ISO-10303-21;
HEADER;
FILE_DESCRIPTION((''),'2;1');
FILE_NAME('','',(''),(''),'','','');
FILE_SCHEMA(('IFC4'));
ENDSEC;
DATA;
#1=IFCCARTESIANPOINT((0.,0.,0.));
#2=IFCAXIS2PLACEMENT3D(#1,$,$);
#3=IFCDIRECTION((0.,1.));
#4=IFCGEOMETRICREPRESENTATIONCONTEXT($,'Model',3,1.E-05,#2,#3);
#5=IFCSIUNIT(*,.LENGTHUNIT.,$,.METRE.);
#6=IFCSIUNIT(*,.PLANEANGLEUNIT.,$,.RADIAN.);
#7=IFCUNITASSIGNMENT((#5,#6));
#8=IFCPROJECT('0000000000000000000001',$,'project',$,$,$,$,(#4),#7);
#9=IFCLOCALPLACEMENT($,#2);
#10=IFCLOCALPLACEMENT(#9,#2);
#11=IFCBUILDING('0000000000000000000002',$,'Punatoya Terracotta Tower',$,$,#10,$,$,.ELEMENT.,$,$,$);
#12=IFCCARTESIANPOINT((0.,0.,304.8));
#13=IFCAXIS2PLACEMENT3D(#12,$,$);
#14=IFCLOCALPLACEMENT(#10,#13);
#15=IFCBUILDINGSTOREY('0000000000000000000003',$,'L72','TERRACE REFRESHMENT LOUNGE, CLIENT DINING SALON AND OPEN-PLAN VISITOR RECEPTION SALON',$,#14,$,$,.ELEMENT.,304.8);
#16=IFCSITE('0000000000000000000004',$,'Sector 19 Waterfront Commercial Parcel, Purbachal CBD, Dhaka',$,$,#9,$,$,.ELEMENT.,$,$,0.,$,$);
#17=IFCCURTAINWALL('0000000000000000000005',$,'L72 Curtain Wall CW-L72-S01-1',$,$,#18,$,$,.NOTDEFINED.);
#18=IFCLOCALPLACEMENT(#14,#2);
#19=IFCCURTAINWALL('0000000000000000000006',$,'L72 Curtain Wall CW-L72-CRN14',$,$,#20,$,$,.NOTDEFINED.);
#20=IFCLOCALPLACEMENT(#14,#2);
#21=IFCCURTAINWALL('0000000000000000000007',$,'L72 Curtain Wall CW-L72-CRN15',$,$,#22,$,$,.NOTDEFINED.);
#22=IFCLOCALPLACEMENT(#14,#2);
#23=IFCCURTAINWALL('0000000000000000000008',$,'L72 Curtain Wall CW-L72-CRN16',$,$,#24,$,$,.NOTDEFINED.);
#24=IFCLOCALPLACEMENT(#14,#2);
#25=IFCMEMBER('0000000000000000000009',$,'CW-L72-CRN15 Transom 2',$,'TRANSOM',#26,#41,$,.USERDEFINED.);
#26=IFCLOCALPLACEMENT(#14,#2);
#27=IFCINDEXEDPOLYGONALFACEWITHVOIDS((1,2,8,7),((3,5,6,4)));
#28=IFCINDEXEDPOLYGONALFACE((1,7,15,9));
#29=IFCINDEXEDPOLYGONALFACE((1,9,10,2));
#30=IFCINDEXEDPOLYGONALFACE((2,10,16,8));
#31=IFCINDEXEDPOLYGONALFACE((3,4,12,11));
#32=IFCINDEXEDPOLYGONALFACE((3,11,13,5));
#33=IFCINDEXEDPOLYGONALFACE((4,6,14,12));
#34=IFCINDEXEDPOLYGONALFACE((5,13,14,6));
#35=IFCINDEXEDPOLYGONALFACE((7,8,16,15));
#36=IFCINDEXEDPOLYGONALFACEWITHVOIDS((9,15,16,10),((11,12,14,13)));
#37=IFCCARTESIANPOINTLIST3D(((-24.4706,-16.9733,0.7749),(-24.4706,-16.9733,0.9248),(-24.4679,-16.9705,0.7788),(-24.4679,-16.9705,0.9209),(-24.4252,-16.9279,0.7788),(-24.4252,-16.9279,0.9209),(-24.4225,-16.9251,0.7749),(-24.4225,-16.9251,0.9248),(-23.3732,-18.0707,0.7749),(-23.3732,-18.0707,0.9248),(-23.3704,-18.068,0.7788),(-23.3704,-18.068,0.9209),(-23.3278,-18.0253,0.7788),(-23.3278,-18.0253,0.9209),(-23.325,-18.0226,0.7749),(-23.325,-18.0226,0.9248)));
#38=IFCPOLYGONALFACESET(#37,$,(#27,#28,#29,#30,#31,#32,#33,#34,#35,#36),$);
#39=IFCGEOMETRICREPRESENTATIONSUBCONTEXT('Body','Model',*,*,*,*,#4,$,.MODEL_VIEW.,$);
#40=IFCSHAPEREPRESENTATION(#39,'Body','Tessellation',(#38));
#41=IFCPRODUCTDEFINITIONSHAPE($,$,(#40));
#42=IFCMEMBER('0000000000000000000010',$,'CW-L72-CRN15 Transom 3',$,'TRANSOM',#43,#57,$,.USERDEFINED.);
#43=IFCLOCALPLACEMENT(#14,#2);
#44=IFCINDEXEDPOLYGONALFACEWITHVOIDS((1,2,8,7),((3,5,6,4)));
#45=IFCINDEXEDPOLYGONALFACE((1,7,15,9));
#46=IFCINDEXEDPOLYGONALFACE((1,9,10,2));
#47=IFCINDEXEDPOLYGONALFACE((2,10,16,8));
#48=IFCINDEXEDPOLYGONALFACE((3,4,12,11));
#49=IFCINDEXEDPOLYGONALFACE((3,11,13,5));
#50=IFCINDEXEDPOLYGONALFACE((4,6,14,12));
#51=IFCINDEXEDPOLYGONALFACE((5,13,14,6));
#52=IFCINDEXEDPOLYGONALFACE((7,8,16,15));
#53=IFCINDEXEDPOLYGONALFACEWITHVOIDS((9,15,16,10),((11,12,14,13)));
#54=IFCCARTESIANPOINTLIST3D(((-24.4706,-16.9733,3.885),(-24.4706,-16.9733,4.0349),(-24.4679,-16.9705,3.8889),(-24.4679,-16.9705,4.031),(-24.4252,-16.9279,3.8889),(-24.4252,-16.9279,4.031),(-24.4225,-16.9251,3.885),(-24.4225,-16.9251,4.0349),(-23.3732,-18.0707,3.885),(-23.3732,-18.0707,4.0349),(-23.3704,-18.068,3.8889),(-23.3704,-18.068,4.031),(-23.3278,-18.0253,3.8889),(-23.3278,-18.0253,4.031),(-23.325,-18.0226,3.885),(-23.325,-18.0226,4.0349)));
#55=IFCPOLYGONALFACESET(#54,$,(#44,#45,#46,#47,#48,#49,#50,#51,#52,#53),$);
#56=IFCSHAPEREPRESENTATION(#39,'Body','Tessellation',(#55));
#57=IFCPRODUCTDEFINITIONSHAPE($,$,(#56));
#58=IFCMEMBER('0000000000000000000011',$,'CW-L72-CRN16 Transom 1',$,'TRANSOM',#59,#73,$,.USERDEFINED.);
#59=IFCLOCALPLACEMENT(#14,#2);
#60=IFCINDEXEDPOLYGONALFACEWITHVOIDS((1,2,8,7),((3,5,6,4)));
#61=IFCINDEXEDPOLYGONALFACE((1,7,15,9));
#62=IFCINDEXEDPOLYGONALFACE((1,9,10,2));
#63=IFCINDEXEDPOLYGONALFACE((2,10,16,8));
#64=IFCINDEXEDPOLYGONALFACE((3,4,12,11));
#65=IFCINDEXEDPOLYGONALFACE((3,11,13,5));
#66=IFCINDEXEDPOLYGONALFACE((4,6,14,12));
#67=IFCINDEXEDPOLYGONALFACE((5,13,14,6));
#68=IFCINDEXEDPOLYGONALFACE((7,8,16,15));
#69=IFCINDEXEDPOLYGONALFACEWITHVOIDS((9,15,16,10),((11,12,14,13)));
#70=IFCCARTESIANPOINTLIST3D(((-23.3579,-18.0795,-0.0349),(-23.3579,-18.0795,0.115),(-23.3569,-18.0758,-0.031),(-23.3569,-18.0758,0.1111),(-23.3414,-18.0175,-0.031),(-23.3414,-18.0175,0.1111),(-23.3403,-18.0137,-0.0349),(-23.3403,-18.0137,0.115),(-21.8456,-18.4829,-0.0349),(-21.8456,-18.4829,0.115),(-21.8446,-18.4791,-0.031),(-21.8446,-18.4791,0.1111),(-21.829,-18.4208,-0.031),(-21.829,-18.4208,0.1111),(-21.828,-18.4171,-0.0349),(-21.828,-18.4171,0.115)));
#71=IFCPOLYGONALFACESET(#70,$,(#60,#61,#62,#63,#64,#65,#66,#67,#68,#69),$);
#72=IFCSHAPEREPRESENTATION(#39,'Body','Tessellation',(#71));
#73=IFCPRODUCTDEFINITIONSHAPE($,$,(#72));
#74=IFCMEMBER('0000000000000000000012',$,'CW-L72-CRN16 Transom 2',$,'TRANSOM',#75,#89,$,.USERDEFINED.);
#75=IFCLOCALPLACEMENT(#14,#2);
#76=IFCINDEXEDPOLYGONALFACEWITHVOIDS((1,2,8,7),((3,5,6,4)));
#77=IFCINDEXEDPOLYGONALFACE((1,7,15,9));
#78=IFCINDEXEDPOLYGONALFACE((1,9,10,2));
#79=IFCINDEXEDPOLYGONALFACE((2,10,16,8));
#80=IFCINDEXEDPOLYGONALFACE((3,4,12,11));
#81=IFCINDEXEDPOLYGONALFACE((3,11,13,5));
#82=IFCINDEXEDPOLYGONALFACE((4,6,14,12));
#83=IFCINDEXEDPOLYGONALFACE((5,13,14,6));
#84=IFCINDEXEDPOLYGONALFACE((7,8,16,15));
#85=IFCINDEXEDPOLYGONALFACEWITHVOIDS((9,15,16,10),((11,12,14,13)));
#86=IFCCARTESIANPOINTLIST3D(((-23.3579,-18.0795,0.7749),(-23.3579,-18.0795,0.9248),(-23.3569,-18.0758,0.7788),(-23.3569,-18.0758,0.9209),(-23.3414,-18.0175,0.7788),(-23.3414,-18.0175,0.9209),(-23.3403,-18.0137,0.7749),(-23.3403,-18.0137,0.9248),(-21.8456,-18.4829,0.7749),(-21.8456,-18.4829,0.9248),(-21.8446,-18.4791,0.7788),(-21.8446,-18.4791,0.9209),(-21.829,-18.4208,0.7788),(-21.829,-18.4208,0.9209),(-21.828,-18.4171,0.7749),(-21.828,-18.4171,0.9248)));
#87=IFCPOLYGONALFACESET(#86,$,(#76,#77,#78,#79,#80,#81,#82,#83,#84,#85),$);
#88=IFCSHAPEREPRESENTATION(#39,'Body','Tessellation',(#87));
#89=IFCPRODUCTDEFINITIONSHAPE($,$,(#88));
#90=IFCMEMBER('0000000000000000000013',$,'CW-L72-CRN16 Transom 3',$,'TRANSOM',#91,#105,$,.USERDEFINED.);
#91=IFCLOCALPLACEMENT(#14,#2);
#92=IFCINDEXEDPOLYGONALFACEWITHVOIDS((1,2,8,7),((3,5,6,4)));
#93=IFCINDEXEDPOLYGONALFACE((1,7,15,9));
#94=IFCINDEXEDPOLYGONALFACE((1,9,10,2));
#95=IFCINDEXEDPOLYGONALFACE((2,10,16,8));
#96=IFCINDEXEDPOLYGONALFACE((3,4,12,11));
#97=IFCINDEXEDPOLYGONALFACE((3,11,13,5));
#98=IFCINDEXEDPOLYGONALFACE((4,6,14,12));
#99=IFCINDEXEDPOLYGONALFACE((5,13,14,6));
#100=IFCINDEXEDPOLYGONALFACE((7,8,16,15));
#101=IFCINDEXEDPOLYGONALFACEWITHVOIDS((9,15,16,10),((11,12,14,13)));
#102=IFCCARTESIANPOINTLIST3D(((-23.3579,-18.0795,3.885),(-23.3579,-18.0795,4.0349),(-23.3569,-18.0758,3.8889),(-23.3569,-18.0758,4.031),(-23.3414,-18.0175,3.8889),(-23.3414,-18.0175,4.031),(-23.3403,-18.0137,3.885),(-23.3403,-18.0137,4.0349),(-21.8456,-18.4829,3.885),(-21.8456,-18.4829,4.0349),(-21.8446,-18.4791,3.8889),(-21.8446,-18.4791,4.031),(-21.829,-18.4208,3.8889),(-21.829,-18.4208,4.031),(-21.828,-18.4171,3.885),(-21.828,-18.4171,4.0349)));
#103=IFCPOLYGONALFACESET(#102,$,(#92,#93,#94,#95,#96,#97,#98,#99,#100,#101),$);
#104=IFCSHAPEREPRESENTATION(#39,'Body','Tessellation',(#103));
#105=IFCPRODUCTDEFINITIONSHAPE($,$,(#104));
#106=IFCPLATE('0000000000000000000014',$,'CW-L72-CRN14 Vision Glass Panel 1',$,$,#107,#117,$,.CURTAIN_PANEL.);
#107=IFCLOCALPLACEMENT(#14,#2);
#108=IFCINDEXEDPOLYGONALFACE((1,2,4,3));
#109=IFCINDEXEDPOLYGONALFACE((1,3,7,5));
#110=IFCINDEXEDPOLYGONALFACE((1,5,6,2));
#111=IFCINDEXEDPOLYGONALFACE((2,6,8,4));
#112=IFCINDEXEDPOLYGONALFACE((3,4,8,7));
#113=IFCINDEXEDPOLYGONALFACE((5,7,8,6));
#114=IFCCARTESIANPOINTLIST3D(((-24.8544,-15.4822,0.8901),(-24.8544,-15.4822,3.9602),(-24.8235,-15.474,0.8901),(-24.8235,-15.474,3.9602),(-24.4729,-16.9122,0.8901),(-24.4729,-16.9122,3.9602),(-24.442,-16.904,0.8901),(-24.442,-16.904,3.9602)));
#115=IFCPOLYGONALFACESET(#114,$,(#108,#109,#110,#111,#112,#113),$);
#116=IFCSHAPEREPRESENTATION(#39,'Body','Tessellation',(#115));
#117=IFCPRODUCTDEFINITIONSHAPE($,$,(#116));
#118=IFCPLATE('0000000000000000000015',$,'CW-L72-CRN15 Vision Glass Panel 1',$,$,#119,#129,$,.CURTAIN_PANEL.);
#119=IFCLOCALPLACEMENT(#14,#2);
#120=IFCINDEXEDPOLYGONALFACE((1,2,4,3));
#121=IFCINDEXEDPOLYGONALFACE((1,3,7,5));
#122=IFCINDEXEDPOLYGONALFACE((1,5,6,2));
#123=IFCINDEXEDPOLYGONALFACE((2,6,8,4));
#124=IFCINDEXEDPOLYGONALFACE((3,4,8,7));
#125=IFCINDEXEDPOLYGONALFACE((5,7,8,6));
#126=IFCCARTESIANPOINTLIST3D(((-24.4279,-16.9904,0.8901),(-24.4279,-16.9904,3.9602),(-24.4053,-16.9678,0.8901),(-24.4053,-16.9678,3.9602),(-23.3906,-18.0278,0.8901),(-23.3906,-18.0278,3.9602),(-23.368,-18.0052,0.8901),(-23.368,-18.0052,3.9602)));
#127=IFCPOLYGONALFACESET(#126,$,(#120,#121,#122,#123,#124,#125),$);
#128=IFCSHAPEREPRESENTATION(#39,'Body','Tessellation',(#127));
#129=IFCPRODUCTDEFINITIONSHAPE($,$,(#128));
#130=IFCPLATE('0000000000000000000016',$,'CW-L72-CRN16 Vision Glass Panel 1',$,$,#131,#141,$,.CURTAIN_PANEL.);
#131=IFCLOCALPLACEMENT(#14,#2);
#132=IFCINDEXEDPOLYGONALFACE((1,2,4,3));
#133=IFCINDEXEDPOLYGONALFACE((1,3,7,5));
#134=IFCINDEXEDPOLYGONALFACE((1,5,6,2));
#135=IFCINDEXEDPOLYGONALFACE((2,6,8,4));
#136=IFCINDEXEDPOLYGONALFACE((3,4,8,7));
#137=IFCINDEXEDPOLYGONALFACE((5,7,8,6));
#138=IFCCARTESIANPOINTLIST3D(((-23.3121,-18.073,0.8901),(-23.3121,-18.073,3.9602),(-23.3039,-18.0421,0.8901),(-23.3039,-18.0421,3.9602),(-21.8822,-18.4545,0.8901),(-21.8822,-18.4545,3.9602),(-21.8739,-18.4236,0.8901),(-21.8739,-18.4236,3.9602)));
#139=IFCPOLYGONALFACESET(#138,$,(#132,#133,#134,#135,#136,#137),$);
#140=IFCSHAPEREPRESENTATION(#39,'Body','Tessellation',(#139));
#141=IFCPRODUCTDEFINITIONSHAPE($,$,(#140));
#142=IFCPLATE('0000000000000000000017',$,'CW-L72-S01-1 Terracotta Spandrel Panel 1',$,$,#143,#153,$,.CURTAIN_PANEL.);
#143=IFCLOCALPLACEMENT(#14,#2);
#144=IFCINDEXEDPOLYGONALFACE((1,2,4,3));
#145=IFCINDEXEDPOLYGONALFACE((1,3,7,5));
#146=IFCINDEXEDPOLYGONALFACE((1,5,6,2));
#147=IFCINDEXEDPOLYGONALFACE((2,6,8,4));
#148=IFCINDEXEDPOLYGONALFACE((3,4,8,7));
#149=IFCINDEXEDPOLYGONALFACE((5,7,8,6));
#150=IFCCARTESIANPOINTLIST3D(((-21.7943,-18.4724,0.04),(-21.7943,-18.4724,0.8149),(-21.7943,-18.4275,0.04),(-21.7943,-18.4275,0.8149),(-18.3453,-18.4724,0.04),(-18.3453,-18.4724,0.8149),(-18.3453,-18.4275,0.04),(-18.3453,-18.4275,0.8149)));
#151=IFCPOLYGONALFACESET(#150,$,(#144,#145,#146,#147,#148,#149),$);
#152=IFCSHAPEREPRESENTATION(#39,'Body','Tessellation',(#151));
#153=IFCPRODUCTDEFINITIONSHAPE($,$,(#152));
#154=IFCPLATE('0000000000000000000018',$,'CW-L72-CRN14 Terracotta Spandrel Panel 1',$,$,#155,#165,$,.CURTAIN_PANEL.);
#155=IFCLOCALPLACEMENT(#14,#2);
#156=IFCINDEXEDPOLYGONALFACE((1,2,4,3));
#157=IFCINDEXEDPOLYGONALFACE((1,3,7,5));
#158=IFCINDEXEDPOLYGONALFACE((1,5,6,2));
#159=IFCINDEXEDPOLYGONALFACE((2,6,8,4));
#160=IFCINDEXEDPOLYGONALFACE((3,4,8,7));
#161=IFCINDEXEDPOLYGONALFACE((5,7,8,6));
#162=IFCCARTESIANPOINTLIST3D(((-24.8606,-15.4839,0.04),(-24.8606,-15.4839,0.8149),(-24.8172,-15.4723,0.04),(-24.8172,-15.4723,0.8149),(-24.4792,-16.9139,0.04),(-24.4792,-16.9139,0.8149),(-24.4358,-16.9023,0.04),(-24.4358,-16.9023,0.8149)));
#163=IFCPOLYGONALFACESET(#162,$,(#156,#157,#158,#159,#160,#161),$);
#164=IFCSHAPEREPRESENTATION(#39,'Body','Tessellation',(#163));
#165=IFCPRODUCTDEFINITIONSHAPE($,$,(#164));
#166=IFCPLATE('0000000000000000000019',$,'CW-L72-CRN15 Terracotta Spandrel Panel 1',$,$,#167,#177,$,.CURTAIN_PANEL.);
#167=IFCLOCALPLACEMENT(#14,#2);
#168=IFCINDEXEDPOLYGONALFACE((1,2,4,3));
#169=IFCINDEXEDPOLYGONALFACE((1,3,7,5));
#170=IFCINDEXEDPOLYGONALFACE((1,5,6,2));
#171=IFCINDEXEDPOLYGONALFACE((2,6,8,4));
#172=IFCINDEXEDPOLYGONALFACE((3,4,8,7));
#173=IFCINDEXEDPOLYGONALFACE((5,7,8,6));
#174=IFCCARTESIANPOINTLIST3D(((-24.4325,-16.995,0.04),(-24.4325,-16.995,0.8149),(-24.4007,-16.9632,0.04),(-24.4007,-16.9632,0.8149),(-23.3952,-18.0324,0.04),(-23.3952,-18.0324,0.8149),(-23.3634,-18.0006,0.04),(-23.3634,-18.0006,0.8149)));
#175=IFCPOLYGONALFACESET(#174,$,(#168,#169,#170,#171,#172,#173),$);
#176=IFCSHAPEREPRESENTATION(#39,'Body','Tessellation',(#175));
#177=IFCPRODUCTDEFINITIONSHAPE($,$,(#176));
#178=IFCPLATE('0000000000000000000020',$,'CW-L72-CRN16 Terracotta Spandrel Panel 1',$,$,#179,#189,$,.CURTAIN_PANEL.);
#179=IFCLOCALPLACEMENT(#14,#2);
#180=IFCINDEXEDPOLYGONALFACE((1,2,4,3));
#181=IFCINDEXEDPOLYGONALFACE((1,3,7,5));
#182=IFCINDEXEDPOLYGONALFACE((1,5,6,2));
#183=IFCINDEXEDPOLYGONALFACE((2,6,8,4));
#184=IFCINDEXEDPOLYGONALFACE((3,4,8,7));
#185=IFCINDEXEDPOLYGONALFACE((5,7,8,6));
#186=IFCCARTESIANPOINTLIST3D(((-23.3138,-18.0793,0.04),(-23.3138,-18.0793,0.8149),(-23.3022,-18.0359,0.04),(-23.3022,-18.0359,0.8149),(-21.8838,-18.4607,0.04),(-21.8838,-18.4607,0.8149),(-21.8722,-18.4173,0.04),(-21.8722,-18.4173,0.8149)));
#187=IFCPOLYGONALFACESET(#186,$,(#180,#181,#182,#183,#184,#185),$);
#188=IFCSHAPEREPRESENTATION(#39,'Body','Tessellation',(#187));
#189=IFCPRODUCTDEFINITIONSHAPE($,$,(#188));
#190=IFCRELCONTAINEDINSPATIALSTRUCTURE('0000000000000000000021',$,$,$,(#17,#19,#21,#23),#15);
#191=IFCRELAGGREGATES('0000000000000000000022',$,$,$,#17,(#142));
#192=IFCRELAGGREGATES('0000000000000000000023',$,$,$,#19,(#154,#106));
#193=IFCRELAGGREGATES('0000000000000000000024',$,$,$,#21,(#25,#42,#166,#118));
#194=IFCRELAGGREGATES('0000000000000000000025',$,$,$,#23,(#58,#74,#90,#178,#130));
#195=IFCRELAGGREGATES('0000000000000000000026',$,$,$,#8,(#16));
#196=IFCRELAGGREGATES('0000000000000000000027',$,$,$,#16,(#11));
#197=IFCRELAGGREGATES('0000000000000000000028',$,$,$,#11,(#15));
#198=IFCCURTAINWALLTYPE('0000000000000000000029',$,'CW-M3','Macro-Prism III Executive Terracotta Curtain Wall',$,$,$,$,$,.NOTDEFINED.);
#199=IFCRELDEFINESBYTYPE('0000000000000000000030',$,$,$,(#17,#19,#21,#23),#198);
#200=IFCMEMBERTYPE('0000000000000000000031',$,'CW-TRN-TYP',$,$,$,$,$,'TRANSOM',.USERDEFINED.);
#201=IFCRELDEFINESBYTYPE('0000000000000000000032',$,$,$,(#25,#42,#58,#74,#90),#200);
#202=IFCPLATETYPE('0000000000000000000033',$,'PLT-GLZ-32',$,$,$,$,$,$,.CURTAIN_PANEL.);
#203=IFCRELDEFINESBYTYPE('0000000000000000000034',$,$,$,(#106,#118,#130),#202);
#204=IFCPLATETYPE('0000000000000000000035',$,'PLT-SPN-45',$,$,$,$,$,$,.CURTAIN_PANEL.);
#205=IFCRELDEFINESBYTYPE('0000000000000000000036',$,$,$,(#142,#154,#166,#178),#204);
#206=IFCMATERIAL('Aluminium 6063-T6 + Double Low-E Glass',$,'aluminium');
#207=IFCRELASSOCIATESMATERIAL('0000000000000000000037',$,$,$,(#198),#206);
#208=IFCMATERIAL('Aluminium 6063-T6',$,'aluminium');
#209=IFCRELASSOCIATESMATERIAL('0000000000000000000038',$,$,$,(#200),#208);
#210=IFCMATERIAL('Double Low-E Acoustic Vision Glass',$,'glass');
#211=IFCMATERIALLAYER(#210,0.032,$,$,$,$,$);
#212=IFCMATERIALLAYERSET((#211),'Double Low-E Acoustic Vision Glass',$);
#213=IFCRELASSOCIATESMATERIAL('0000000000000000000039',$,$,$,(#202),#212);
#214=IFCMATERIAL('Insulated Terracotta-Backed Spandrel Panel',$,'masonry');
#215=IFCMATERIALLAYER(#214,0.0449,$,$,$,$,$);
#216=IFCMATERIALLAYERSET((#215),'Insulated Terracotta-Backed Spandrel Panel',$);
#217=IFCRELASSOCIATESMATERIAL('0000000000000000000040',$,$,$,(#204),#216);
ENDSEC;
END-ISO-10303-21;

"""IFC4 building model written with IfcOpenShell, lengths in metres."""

from ifc_helpers import new_model, si_unit, direction, frame, origin, origin_2d, place, context, subcontext, project, spatial, rectangle, hollow_rectangle, extrude, material, layer, layer_set, material_profile, profile_set, type_object, element, aggregate, save


model = new_model("IFC4")

# Units and contexts
model_context = context("Model", 3, precision=1e-05, world=origin(), true_north=direction((0.0, 1.0)))
body_context = subcontext(model_context, "Body", "Model", "MODEL_VIEW")
ifc_project = project(units=[si_unit("LENGTHUNIT", "METRE"), si_unit("PLANEANGLEUNIT", "RADIAN")], contexts=[model_context])

# Site, building, storey
site_placement = place(None, origin())
site = spatial("IfcSite", under=ifc_project, at=site_placement, Name="Sector 19 Waterfront Commercial Parcel, Purbachal CBD, Dhaka", CompositionType="ELEMENT", RefElevation=0.0)
building_placement = place(site_placement, origin())
building = spatial("IfcBuilding", under=site, at=building_placement, Name="Punatoya Terracotta Tower", CompositionType="ELEMENT")
storey_placement = place(building_placement, frame((0.0, 0.0, 304.8)))
storey = spatial("IfcBuildingStorey", under=building, at=storey_placement, Name="L72", Description="TERRACE REFRESHMENT LOUNGE, CLIENT DINING SALON AND OPEN-PLAN VISITOR RECEPTION SALON", CompositionType="ELEMENT", Elevation=304.8)

# Curtain wall
ifc_material_1 = material(Name="Aluminium 6063-T6 + Double Low-E Glass", Category="aluminium")
curtain_wall_type = type_object("IfcCurtainWallType", Name="CW-M3", Description="Macro-Prism III Executive Terracotta Curtain Wall", PredefinedType="NOTDEFINED", material=ifc_material_1)
curtain_wall_1_placement = place(storey_placement, origin())
curtain_wall_1 = element("IfcCurtainWall", 1, at=curtain_wall_1_placement, inside=storey, type_object=curtain_wall_type, Name="L72 Curtain Wall CW-L72-S01-1", PredefinedType="NOTDEFINED")
ifc_material_2 = material(Name="Aluminium 6063-T6", Category="aluminium")

# Curtain walls
curtain_wall_2_placement = place(storey_placement, origin())
curtain_wall_2 = element("IfcCurtainWall", 2, at=curtain_wall_2_placement, inside=storey, type_object=curtain_wall_type, Name="L72 Curtain Wall CW-L72-CRN14", PredefinedType="NOTDEFINED")
curtain_wall_3_placement = place(storey_placement, origin())
curtain_wall_3 = element("IfcCurtainWall", 3, at=curtain_wall_3_placement, inside=storey, type_object=curtain_wall_type, Name="L72 Curtain Wall CW-L72-CRN15", PredefinedType="NOTDEFINED")
curtain_wall_4_placement = place(storey_placement, origin())
curtain_wall_4 = element("IfcCurtainWall", 4, at=curtain_wall_4_placement, inside=storey, type_object=curtain_wall_type, Name="L72 Curtain Wall CW-L72-CRN16", PredefinedType="NOTDEFINED")

# Members
ifc_material_profile_1 = material_profile(ifc_material_2, hollow_rectangle(XDim=0.0681, YDim=0.1499, WallThickness=0.0039, at=origin_2d()))
ifc_profile_set_1 = profile_set([ifc_material_profile_1], Name="Aluminium 6063-T6")
member_type_1 = type_object("IfcMemberType", Name="CW-TRN-TYP", ElementType="TRANSOM", PredefinedType="USERDEFINED", material=ifc_profile_set_1)
member_1_placement = place(storey_placement, frame((-24.4465, -16.9492, 0.8499), z_axis=(0.707107, -0.707107, 0.0), x_axis=(0.707107, 0.707107, 0.0)))
member_1 = element("IfcMember", 5, at=member_1_placement, type_object=member_type_1, Name="CW-L72-CRN15 Transom 2", ObjectType="TRANSOM", PredefinedType="USERDEFINED", context=body_context, shape_type="SweptSolid", body=[
    extrude(hollow_rectangle(XDim=0.0681, YDim=0.1499, WallThickness=0.0039, at=origin_2d()), origin(), (0.0, 0.0, 1.0), 1.552),
])
member_2_placement = place(storey_placement, frame((-24.4465, -16.9492, 3.96), z_axis=(0.707107, -0.707107, 0.0), x_axis=(0.707107, 0.707107, 0.0)))
member_2 = element("IfcMember", 6, at=member_2_placement, type_object=member_type_1, Name="CW-L72-CRN15 Transom 3", ObjectType="TRANSOM", PredefinedType="USERDEFINED", context=body_context, shape_type="SweptSolid", body=[
    extrude(hollow_rectangle(XDim=0.0681, YDim=0.1499, WallThickness=0.0039, at=origin_2d()), origin(), (0.0, 0.0, 1.0), 1.552),
])
member_3_placement = place(storey_placement, frame((-23.3491, -18.0466, 0.04), z_axis=(0.966225, -0.257701, 0.0), x_axis=(0.257701, 0.966225, 0.0)))
member_3 = element("IfcMember", 7, at=member_3_placement, type_object=member_type_1, Name="CW-L72-CRN16 Transom 1", ObjectType="TRANSOM", PredefinedType="USERDEFINED", context=body_context, shape_type="SweptSolid", body=[
    extrude(hollow_rectangle(XDim=0.0681, YDim=0.1499, WallThickness=0.0039, at=origin_2d()), origin(), (0.0, 0.0, 1.0), 1.5652),
])
member_4_placement = place(storey_placement, frame((-23.3491, -18.0466, 0.8499), z_axis=(0.966225, -0.257701, 0.0), x_axis=(0.257701, 0.966225, 0.0)))
member_4 = element("IfcMember", 8, at=member_4_placement, type_object=member_type_1, Name="CW-L72-CRN16 Transom 2", ObjectType="TRANSOM", PredefinedType="USERDEFINED", context=body_context, shape_type="SweptSolid", body=[
    extrude(hollow_rectangle(XDim=0.0681, YDim=0.1499, WallThickness=0.0039, at=origin_2d()), origin(), (0.0, 0.0, 1.0), 1.5652),
])
member_5_placement = place(storey_placement, frame((-23.3491, -18.0466, 3.96), z_axis=(0.966225, -0.257701, 0.0), x_axis=(0.257701, 0.966225, 0.0)))
member_5 = element("IfcMember", 9, at=member_5_placement, type_object=member_type_1, Name="CW-L72-CRN16 Transom 3", ObjectType="TRANSOM", PredefinedType="USERDEFINED", context=body_context, shape_type="SweptSolid", body=[
    extrude(hollow_rectangle(XDim=0.0681, YDim=0.1499, WallThickness=0.0039, at=origin_2d()), origin(), (0.0, 0.0, 1.0), 1.5652),
])

# Plates
ifc_material_3 = material(Name="Double Low-E Acoustic Vision Glass", Category="glass")
ifc_layer_1 = layer(ifc_material_3, 0.032)
ifc_layer_set_1 = layer_set([ifc_layer_1], Name="Double Low-E Acoustic Vision Glass")
plate_type_1 = type_object("IfcPlateType", Name="PLT-GLZ-32", PredefinedType="CURTAIN_PANEL", material=ifc_layer_set_1)
plate_1_placement = place(storey_placement, frame((-24.6482, -16.1931, 0.8901), z_axis=(0.0, 0.0, 1.0), x_axis=(0.257742, -0.966214, 0.0)))
plate_1 = element("IfcPlate", 10, at=plate_1_placement, type_object=plate_type_1, Name="CW-L72-CRN14 Vision Glass Panel 1", PredefinedType="CURTAIN_PANEL", context=body_context, shape_type="SweptSolid", body=[
    extrude(rectangle(XDim=1.48, YDim=0.032, at=origin_2d()), origin(), (0.0, 0.0, 1.0), 3.0701),
])
plate_2_placement = place(storey_placement, frame((-23.8979, -17.4978, 0.8901), z_axis=(0.0, 0.0, 1.0), x_axis=(0.707107, -0.707107, 0.0)))
plate_2 = element("IfcPlate", 11, at=plate_2_placement, type_object=plate_type_1, Name="CW-L72-CRN15 Vision Glass Panel 1", PredefinedType="CURTAIN_PANEL", context=body_context, shape_type="SweptSolid", body=[
    extrude(rectangle(XDim=1.467, YDim=0.032, at=origin_2d()), origin(), (0.0, 0.0, 1.0), 3.0701),
])
plate_3_placement = place(storey_placement, frame((-22.593, -18.2483, 0.8901), z_axis=(0.0, 0.0, 1.0), x_axis=(0.966214, -0.257742, 0.0)))
plate_3 = element("IfcPlate", 12, at=plate_3_placement, type_object=plate_type_1, Name="CW-L72-CRN16 Vision Glass Panel 1", PredefinedType="CURTAIN_PANEL", context=body_context, shape_type="SweptSolid", body=[
    extrude(rectangle(XDim=1.48, YDim=0.032, at=origin_2d()), origin(), (0.0, 0.0, 1.0), 3.0701),
])
ifc_material_4 = material(Name="Insulated Terracotta-Backed Spandrel Panel", Category="masonry")
ifc_layer_2 = layer(ifc_material_4, 0.0449)
ifc_layer_set_2 = layer_set([ifc_layer_2], Name="Insulated Terracotta-Backed Spandrel Panel")
plate_type_2 = type_object("IfcPlateType", Name="PLT-SPN-45", PredefinedType="CURTAIN_PANEL", material=ifc_layer_set_2)
plate_4_placement = place(storey_placement, frame((-20.0698, -18.45, 0.04), z_axis=(0.0, 0.0, 1.0), x_axis=(1.0, 0.0, 0.0)))
plate_4 = element("IfcPlate", 13, at=plate_4_placement, type_object=plate_type_2, Name="CW-L72-S01-1 Terracotta Spandrel Panel 1", PredefinedType="CURTAIN_PANEL", context=body_context, shape_type="SweptSolid", body=[
    extrude(rectangle(XDim=3.449, YDim=0.0449, at=origin_2d()), origin(), (0.0, 0.0, 1.0), 0.7749),
])
aggregate(curtain_wall_1, [plate_4])
plate_5_placement = place(storey_placement, frame((-24.6482, -16.1931, 0.04), z_axis=(0.0, 0.0, 1.0), x_axis=(0.257742, -0.966214, 0.0)))
plate_5 = element("IfcPlate", 14, at=plate_5_placement, type_object=plate_type_2, Name="CW-L72-CRN14 Terracotta Spandrel Panel 1", PredefinedType="CURTAIN_PANEL", context=body_context, shape_type="SweptSolid", body=[
    extrude(rectangle(XDim=1.48, YDim=0.0449, at=origin_2d()), origin(), (0.0, 0.0, 1.0), 0.7749),
])
aggregate(curtain_wall_2, [plate_5, plate_1])
plate_6_placement = place(storey_placement, frame((-23.8979, -17.4978, 0.04), z_axis=(0.0, 0.0, 1.0), x_axis=(0.707107, -0.707107, 0.0)))
plate_6 = element("IfcPlate", 15, at=plate_6_placement, type_object=plate_type_2, Name="CW-L72-CRN15 Terracotta Spandrel Panel 1", PredefinedType="CURTAIN_PANEL", context=body_context, shape_type="SweptSolid", body=[
    extrude(rectangle(XDim=1.467, YDim=0.0449, at=origin_2d()), origin(), (0.0, 0.0, 1.0), 0.7749),
])
aggregate(curtain_wall_3, [member_1, member_2, plate_6, plate_2])
plate_7_placement = place(storey_placement, frame((-22.593, -18.2483, 0.04), z_axis=(0.0, 0.0, 1.0), x_axis=(0.966214, -0.257742, 0.0)))
plate_7 = element("IfcPlate", 16, at=plate_7_placement, type_object=plate_type_2, Name="CW-L72-CRN16 Terracotta Spandrel Panel 1", PredefinedType="CURTAIN_PANEL", context=body_context, shape_type="SweptSolid", body=[
    extrude(rectangle(XDim=1.48, YDim=0.0449, at=origin_2d()), origin(), (0.0, 0.0, 1.0), 0.7749),
])
aggregate(curtain_wall_4, [member_3, member_4, member_5, plate_7, plate_3])

save(model, "model.ifc")
